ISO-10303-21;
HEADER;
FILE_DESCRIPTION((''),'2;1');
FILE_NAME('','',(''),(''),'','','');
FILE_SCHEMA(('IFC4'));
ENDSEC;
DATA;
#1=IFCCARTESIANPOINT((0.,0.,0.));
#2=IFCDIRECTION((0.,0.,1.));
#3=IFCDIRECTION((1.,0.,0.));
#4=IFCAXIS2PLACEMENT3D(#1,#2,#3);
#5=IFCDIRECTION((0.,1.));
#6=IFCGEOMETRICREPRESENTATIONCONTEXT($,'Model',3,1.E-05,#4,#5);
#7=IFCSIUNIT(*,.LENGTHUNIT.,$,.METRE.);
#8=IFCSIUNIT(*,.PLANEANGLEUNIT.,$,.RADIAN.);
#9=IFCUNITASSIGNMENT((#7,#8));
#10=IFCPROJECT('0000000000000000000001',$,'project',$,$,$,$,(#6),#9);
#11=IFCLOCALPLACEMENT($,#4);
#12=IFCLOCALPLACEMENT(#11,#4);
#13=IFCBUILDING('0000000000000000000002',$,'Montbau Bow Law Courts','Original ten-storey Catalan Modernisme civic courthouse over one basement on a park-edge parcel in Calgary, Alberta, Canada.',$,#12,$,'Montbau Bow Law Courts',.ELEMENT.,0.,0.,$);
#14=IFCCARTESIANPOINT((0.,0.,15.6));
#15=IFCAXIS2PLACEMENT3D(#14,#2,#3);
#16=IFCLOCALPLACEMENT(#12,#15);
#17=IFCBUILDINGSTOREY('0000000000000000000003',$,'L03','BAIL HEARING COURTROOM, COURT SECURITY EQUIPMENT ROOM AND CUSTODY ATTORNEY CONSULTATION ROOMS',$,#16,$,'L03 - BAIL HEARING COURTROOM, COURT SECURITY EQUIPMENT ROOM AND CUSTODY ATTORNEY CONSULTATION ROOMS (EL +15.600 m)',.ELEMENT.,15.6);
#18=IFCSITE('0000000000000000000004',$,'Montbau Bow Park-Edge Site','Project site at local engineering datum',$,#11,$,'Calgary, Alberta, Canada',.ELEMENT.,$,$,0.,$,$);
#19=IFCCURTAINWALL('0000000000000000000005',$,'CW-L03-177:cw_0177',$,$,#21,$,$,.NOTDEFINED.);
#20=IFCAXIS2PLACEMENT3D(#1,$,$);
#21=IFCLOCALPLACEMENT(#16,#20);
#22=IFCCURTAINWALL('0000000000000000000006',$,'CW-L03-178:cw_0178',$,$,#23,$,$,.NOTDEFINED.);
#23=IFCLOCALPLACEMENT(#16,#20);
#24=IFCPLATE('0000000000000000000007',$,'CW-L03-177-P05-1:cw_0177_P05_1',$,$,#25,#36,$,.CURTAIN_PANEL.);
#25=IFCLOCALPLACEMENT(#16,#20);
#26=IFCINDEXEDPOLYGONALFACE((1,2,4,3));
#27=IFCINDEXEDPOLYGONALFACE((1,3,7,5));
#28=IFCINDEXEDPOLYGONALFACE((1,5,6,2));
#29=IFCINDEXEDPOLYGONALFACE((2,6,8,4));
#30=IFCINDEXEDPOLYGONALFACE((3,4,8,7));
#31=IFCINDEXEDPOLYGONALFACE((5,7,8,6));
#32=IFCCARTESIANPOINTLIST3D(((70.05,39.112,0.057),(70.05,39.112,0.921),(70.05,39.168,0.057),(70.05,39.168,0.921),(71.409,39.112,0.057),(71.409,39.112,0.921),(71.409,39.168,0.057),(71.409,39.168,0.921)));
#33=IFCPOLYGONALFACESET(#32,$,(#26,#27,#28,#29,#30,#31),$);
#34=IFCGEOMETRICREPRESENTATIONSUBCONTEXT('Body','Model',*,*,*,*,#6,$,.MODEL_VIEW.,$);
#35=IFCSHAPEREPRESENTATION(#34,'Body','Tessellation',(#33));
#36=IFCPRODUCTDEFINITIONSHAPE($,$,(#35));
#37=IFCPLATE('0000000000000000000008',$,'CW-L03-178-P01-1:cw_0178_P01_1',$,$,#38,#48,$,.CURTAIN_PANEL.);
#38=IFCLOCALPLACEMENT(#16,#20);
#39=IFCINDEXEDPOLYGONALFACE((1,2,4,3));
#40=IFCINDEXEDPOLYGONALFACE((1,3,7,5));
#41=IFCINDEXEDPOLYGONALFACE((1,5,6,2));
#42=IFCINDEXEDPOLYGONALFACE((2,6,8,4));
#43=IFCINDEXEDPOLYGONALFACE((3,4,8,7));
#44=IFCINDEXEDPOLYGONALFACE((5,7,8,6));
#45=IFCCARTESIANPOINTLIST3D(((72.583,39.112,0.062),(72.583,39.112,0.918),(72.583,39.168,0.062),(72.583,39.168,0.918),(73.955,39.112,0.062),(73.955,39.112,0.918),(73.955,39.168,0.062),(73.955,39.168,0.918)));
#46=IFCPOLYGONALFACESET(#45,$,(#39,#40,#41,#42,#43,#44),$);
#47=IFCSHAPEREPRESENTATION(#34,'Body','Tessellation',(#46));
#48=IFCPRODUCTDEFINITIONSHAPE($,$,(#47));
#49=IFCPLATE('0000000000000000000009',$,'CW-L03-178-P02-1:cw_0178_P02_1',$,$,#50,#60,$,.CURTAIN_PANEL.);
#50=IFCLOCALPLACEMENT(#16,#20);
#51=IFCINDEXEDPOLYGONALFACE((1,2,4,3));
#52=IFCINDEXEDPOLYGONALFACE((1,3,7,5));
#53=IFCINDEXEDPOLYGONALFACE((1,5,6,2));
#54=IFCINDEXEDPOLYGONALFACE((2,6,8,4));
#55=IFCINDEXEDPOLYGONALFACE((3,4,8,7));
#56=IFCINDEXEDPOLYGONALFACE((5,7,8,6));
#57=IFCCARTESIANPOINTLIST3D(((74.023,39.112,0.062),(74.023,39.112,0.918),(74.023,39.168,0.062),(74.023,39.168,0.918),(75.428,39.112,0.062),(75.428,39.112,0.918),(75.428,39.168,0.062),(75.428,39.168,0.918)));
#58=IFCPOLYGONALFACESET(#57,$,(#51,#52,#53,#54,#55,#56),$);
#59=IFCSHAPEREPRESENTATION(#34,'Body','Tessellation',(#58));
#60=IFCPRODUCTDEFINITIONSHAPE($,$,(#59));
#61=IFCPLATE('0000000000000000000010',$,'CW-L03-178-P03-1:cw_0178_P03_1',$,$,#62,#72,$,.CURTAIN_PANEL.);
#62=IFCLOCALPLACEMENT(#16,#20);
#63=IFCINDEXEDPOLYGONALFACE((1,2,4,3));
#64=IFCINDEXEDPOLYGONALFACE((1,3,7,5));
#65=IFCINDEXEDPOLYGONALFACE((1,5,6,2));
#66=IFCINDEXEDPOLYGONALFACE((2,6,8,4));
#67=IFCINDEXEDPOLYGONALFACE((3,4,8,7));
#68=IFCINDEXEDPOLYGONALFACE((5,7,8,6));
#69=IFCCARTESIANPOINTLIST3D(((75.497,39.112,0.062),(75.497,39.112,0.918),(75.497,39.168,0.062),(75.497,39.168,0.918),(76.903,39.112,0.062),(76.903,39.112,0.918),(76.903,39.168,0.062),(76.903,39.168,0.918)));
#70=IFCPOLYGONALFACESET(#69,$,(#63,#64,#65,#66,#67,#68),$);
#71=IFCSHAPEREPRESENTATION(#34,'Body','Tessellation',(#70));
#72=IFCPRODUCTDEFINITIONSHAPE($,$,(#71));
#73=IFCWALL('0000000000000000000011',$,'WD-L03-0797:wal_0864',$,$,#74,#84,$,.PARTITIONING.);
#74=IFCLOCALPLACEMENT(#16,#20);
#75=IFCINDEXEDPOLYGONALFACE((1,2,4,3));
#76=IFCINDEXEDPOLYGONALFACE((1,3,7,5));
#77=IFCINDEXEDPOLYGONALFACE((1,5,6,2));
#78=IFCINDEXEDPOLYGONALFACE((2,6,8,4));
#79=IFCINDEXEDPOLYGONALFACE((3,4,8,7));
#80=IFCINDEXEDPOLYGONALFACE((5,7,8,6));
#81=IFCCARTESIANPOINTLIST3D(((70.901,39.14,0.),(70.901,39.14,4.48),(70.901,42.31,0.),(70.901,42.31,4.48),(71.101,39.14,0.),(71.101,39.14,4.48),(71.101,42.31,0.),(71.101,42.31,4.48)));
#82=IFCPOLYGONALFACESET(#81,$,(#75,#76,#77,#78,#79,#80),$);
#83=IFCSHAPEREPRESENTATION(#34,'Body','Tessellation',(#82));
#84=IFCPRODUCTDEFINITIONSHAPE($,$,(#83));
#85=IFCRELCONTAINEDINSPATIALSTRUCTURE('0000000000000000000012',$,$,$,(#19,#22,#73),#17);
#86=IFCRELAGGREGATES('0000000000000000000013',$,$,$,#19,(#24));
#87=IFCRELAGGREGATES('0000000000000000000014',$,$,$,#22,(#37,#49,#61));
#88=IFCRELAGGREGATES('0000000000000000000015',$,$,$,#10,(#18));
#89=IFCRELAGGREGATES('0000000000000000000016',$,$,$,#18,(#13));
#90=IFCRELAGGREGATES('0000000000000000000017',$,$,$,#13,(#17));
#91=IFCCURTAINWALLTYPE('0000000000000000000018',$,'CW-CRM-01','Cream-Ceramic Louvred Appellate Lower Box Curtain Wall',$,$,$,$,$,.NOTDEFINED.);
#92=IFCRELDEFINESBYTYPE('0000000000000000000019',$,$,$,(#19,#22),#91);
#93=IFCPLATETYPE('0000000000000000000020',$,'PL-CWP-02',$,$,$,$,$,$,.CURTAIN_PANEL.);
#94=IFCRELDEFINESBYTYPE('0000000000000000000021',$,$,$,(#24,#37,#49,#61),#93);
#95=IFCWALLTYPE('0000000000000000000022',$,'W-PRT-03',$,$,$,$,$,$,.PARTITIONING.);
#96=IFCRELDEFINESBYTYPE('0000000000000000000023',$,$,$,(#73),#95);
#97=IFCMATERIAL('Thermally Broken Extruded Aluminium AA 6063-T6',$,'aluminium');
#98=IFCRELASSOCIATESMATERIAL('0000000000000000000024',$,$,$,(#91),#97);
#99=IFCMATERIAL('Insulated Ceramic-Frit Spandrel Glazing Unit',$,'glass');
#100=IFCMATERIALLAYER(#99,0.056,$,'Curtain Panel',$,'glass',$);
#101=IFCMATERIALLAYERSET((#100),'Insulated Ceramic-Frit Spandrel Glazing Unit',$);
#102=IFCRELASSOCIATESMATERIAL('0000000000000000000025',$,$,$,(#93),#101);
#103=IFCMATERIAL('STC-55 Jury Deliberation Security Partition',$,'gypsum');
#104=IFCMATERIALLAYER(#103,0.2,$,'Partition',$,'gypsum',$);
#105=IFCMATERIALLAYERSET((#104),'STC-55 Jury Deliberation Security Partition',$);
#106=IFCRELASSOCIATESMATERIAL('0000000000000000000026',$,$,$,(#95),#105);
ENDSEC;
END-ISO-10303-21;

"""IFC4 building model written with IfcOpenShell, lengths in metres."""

from ifc_helpers import new_model, si_unit, direction, frame, frame_2d, origin_with_axes, place, context, subcontext, project, spatial, rectangle, extrude, material, layer, layer_set, type_object, element, aggregate, save


model = new_model("IFC4")

# Units and contexts
model_context = context("Model", 3, precision=1e-05, world=origin_with_axes(), true_north=direction((0.0, 1.0)))
body_context = subcontext(model_context, "Body", "Model", "MODEL_VIEW")
ifc_project = project(units=[si_unit("LENGTHUNIT", "METRE"), si_unit("PLANEANGLEUNIT", "RADIAN")], contexts=[model_context])

# Site, building, storey
site_placement = place(None, origin_with_axes())
site = spatial("IfcSite", under=ifc_project, at=site_placement, Name="Montbau Bow Park-Edge Site", Description="Project site at local engineering datum", LongName="Calgary, Alberta, Canada", CompositionType="ELEMENT", RefElevation=0.0)
building_placement = place(site_placement, origin_with_axes())
building = spatial("IfcBuilding", under=site, at=building_placement, Name="Montbau Bow Law Courts", Description="Original ten-storey Catalan Modernisme civic courthouse over one basement on a park-edge parcel in Calgary, Alberta, Canada.", LongName="Montbau Bow Law Courts", CompositionType="ELEMENT", ElevationOfRefHeight=0.0, ElevationOfTerrain=0.0)
storey_placement = place(building_placement, frame((0.0, 0.0, 15.6), z_axis=(0.0, 0.0, 1.0), x_axis=(1.0, 0.0, 0.0)))
storey = spatial("IfcBuildingStorey", under=building, at=storey_placement, Name="L03", Description="BAIL HEARING COURTROOM, COURT SECURITY EQUIPMENT ROOM AND CUSTODY ATTORNEY CONSULTATION ROOMS", LongName="L03 - BAIL HEARING COURTROOM, COURT SECURITY EQUIPMENT ROOM AND CUSTODY ATTORNEY CONSULTATION ROOMS (EL +15.600 m)", CompositionType="ELEMENT", Elevation=15.6)

# Curtain wall
ifc_material_1 = material(Name="Thermally Broken Extruded Aluminium AA 6063-T6", Category="aluminium")
curtain_wall_type = type_object("IfcCurtainWallType", Name="CW-CRM-01", Description="Cream-Ceramic Louvred Appellate Lower Box Curtain Wall", PredefinedType="NOTDEFINED", material=ifc_material_1)
curtain_wall_1_placement = place(None, frame((64.115, 39.14, 15.6), z_axis=(0.0, 0.0, 1.0), x_axis=(1.0, 0.0, 0.0)))
curtain_wall_1 = element("IfcCurtainWall", 1, at=curtain_wall_1_placement, inside=storey, type_object=curtain_wall_type, Name="CW-L03-177:cw_0177", PredefinedType="NOTDEFINED")

# Curtain wall
curtain_wall_2_placement = place(None, frame((72.515, 39.14, 15.6), z_axis=(0.0, 0.0, 1.0), x_axis=(1.0, 0.0, 0.0)))
curtain_wall_2 = element("IfcCurtainWall", 2, at=curtain_wall_2_placement, inside=storey, type_object=curtain_wall_type, Name="CW-L03-178:cw_0178", PredefinedType="NOTDEFINED")

# Plates
ifc_material_2 = material(Name="Insulated Ceramic-Frit Spandrel Glazing Unit", Category="glass")
ifc_layer_1 = layer(ifc_material_2, 0.056, Name="Curtain Panel", Category="glass")
ifc_layer_set_1 = layer_set([ifc_layer_1], Name="Insulated Ceramic-Frit Spandrel Glazing Unit")
plate_type_1 = type_object("IfcPlateType", Name="PL-CWP-02", PredefinedType="CURTAIN_PANEL", material=ifc_layer_set_1)
plate_1_placement = place(None, frame((70.05, 39.14, 15.657), z_axis=(0.0, -1.0, 0.0), x_axis=(1.0, 0.0, 0.0)))
plate_1 = element("IfcPlate", 3, at=plate_1_placement, type_object=plate_type_1, Name="CW-L03-177-P05-1:cw_0177_P05_1", PredefinedType="CURTAIN_PANEL", context=body_context, shape_type="SweptSolid", body=[
    extrude(rectangle(XDim=1.359, YDim=0.864, at=frame_2d((0.6795, 0.432), x_axis=(1.0, 0.0))), frame((0.0, 0.0, -0.028), z_axis=(0.0, 0.0, 1.0), x_axis=(1.0, 0.0, 0.0)), (0.0, 0.0, 1.0), 0.056),
])
aggregate(curtain_wall_1, [plate_1])
plate_2_placement = place(None, frame((72.583, 39.14, 15.662), z_axis=(0.0, -1.0, 0.0), x_axis=(1.0, 0.0, 0.0)))
plate_2 = element("IfcPlate", 4, at=plate_2_placement, type_object=plate_type_1, Name="CW-L03-178-P01-1:cw_0178_P01_1", PredefinedType="CURTAIN_PANEL", context=body_context, shape_type="SweptSolid", body=[
    extrude(rectangle(XDim=1.372, YDim=0.856, at=frame_2d((0.686, 0.428), x_axis=(1.0, 0.0))), frame((0.0, 0.0, -0.028), z_axis=(0.0, 0.0, 1.0), x_axis=(1.0, 0.0, 0.0)), (0.0, 0.0, 1.0), 0.056),
])
plate_3_placement = place(None, frame((74.023, 39.14, 15.662), z_axis=(0.0, -1.0, 0.0), x_axis=(1.0, 0.0, 0.0)))
plate_3 = element("IfcPlate", 5, at=plate_3_placement, type_object=plate_type_1, Name="CW-L03-178-P02-1:cw_0178_P02_1", PredefinedType="CURTAIN_PANEL", context=body_context, shape_type="SweptSolid", body=[
    extrude(rectangle(XDim=1.405, YDim=0.856, at=frame_2d((0.7025, 0.428), x_axis=(1.0, 0.0))), frame((0.0, 0.0, -0.028), z_axis=(0.0, 0.0, 1.0), x_axis=(1.0, 0.0, 0.0)), (0.0, 0.0, 1.0), 0.056),
])
plate_4_placement = place(None, frame((75.497, 39.14, 15.662), z_axis=(0.0, -1.0, 0.0), x_axis=(1.0, 0.0, 0.0)))
plate_4 = element("IfcPlate", 6, at=plate_4_placement, type_object=plate_type_1, Name="CW-L03-178-P03-1:cw_0178_P03_1", PredefinedType="CURTAIN_PANEL", context=body_context, shape_type="SweptSolid", body=[
    extrude(rectangle(XDim=1.406, YDim=0.856, at=frame_2d((0.703, 0.428), x_axis=(1.0, 0.0))), frame((0.0, 0.0, -0.028), z_axis=(0.0, 0.0, 1.0), x_axis=(1.0, 0.0, 0.0)), (0.0, 0.0, 1.0), 0.056),
])
aggregate(curtain_wall_2, [plate_2, plate_3, plate_4])

# Wall
ifc_material_3 = material(Name="STC-55 Jury Deliberation Security Partition", Category="gypsum")
ifc_layer_2 = layer(ifc_material_3, 0.2, Name="Partition", Category="gypsum")
ifc_layer_set_2 = layer_set([ifc_layer_2], Name="STC-55 Jury Deliberation Security Partition")
wall_type = type_object("IfcWallType", Name="W-PRT-03", PredefinedType="PARTITIONING", material=ifc_layer_set_2)
wall_placement = place(None, frame((71.001, 39.14, 15.6), z_axis=(0.0, 0.0, 1.0), x_axis=(0.0, 1.0, 0.0)))
element("IfcWall", 7, at=wall_placement, inside=storey, type_object=wall_type, Name="WD-L03-0797:wal_0864", PredefinedType="PARTITIONING", context=body_context, shape_type="SweptSolid", body=[
    extrude(rectangle(XDim=3.17, YDim=0.2, at=frame_2d((1.585, 0.0), x_axis=(1.0, 0.0))), origin_with_axes(), (0.0, 0.0, 1.0), 4.48),
])

save(model, "model.ifc")
